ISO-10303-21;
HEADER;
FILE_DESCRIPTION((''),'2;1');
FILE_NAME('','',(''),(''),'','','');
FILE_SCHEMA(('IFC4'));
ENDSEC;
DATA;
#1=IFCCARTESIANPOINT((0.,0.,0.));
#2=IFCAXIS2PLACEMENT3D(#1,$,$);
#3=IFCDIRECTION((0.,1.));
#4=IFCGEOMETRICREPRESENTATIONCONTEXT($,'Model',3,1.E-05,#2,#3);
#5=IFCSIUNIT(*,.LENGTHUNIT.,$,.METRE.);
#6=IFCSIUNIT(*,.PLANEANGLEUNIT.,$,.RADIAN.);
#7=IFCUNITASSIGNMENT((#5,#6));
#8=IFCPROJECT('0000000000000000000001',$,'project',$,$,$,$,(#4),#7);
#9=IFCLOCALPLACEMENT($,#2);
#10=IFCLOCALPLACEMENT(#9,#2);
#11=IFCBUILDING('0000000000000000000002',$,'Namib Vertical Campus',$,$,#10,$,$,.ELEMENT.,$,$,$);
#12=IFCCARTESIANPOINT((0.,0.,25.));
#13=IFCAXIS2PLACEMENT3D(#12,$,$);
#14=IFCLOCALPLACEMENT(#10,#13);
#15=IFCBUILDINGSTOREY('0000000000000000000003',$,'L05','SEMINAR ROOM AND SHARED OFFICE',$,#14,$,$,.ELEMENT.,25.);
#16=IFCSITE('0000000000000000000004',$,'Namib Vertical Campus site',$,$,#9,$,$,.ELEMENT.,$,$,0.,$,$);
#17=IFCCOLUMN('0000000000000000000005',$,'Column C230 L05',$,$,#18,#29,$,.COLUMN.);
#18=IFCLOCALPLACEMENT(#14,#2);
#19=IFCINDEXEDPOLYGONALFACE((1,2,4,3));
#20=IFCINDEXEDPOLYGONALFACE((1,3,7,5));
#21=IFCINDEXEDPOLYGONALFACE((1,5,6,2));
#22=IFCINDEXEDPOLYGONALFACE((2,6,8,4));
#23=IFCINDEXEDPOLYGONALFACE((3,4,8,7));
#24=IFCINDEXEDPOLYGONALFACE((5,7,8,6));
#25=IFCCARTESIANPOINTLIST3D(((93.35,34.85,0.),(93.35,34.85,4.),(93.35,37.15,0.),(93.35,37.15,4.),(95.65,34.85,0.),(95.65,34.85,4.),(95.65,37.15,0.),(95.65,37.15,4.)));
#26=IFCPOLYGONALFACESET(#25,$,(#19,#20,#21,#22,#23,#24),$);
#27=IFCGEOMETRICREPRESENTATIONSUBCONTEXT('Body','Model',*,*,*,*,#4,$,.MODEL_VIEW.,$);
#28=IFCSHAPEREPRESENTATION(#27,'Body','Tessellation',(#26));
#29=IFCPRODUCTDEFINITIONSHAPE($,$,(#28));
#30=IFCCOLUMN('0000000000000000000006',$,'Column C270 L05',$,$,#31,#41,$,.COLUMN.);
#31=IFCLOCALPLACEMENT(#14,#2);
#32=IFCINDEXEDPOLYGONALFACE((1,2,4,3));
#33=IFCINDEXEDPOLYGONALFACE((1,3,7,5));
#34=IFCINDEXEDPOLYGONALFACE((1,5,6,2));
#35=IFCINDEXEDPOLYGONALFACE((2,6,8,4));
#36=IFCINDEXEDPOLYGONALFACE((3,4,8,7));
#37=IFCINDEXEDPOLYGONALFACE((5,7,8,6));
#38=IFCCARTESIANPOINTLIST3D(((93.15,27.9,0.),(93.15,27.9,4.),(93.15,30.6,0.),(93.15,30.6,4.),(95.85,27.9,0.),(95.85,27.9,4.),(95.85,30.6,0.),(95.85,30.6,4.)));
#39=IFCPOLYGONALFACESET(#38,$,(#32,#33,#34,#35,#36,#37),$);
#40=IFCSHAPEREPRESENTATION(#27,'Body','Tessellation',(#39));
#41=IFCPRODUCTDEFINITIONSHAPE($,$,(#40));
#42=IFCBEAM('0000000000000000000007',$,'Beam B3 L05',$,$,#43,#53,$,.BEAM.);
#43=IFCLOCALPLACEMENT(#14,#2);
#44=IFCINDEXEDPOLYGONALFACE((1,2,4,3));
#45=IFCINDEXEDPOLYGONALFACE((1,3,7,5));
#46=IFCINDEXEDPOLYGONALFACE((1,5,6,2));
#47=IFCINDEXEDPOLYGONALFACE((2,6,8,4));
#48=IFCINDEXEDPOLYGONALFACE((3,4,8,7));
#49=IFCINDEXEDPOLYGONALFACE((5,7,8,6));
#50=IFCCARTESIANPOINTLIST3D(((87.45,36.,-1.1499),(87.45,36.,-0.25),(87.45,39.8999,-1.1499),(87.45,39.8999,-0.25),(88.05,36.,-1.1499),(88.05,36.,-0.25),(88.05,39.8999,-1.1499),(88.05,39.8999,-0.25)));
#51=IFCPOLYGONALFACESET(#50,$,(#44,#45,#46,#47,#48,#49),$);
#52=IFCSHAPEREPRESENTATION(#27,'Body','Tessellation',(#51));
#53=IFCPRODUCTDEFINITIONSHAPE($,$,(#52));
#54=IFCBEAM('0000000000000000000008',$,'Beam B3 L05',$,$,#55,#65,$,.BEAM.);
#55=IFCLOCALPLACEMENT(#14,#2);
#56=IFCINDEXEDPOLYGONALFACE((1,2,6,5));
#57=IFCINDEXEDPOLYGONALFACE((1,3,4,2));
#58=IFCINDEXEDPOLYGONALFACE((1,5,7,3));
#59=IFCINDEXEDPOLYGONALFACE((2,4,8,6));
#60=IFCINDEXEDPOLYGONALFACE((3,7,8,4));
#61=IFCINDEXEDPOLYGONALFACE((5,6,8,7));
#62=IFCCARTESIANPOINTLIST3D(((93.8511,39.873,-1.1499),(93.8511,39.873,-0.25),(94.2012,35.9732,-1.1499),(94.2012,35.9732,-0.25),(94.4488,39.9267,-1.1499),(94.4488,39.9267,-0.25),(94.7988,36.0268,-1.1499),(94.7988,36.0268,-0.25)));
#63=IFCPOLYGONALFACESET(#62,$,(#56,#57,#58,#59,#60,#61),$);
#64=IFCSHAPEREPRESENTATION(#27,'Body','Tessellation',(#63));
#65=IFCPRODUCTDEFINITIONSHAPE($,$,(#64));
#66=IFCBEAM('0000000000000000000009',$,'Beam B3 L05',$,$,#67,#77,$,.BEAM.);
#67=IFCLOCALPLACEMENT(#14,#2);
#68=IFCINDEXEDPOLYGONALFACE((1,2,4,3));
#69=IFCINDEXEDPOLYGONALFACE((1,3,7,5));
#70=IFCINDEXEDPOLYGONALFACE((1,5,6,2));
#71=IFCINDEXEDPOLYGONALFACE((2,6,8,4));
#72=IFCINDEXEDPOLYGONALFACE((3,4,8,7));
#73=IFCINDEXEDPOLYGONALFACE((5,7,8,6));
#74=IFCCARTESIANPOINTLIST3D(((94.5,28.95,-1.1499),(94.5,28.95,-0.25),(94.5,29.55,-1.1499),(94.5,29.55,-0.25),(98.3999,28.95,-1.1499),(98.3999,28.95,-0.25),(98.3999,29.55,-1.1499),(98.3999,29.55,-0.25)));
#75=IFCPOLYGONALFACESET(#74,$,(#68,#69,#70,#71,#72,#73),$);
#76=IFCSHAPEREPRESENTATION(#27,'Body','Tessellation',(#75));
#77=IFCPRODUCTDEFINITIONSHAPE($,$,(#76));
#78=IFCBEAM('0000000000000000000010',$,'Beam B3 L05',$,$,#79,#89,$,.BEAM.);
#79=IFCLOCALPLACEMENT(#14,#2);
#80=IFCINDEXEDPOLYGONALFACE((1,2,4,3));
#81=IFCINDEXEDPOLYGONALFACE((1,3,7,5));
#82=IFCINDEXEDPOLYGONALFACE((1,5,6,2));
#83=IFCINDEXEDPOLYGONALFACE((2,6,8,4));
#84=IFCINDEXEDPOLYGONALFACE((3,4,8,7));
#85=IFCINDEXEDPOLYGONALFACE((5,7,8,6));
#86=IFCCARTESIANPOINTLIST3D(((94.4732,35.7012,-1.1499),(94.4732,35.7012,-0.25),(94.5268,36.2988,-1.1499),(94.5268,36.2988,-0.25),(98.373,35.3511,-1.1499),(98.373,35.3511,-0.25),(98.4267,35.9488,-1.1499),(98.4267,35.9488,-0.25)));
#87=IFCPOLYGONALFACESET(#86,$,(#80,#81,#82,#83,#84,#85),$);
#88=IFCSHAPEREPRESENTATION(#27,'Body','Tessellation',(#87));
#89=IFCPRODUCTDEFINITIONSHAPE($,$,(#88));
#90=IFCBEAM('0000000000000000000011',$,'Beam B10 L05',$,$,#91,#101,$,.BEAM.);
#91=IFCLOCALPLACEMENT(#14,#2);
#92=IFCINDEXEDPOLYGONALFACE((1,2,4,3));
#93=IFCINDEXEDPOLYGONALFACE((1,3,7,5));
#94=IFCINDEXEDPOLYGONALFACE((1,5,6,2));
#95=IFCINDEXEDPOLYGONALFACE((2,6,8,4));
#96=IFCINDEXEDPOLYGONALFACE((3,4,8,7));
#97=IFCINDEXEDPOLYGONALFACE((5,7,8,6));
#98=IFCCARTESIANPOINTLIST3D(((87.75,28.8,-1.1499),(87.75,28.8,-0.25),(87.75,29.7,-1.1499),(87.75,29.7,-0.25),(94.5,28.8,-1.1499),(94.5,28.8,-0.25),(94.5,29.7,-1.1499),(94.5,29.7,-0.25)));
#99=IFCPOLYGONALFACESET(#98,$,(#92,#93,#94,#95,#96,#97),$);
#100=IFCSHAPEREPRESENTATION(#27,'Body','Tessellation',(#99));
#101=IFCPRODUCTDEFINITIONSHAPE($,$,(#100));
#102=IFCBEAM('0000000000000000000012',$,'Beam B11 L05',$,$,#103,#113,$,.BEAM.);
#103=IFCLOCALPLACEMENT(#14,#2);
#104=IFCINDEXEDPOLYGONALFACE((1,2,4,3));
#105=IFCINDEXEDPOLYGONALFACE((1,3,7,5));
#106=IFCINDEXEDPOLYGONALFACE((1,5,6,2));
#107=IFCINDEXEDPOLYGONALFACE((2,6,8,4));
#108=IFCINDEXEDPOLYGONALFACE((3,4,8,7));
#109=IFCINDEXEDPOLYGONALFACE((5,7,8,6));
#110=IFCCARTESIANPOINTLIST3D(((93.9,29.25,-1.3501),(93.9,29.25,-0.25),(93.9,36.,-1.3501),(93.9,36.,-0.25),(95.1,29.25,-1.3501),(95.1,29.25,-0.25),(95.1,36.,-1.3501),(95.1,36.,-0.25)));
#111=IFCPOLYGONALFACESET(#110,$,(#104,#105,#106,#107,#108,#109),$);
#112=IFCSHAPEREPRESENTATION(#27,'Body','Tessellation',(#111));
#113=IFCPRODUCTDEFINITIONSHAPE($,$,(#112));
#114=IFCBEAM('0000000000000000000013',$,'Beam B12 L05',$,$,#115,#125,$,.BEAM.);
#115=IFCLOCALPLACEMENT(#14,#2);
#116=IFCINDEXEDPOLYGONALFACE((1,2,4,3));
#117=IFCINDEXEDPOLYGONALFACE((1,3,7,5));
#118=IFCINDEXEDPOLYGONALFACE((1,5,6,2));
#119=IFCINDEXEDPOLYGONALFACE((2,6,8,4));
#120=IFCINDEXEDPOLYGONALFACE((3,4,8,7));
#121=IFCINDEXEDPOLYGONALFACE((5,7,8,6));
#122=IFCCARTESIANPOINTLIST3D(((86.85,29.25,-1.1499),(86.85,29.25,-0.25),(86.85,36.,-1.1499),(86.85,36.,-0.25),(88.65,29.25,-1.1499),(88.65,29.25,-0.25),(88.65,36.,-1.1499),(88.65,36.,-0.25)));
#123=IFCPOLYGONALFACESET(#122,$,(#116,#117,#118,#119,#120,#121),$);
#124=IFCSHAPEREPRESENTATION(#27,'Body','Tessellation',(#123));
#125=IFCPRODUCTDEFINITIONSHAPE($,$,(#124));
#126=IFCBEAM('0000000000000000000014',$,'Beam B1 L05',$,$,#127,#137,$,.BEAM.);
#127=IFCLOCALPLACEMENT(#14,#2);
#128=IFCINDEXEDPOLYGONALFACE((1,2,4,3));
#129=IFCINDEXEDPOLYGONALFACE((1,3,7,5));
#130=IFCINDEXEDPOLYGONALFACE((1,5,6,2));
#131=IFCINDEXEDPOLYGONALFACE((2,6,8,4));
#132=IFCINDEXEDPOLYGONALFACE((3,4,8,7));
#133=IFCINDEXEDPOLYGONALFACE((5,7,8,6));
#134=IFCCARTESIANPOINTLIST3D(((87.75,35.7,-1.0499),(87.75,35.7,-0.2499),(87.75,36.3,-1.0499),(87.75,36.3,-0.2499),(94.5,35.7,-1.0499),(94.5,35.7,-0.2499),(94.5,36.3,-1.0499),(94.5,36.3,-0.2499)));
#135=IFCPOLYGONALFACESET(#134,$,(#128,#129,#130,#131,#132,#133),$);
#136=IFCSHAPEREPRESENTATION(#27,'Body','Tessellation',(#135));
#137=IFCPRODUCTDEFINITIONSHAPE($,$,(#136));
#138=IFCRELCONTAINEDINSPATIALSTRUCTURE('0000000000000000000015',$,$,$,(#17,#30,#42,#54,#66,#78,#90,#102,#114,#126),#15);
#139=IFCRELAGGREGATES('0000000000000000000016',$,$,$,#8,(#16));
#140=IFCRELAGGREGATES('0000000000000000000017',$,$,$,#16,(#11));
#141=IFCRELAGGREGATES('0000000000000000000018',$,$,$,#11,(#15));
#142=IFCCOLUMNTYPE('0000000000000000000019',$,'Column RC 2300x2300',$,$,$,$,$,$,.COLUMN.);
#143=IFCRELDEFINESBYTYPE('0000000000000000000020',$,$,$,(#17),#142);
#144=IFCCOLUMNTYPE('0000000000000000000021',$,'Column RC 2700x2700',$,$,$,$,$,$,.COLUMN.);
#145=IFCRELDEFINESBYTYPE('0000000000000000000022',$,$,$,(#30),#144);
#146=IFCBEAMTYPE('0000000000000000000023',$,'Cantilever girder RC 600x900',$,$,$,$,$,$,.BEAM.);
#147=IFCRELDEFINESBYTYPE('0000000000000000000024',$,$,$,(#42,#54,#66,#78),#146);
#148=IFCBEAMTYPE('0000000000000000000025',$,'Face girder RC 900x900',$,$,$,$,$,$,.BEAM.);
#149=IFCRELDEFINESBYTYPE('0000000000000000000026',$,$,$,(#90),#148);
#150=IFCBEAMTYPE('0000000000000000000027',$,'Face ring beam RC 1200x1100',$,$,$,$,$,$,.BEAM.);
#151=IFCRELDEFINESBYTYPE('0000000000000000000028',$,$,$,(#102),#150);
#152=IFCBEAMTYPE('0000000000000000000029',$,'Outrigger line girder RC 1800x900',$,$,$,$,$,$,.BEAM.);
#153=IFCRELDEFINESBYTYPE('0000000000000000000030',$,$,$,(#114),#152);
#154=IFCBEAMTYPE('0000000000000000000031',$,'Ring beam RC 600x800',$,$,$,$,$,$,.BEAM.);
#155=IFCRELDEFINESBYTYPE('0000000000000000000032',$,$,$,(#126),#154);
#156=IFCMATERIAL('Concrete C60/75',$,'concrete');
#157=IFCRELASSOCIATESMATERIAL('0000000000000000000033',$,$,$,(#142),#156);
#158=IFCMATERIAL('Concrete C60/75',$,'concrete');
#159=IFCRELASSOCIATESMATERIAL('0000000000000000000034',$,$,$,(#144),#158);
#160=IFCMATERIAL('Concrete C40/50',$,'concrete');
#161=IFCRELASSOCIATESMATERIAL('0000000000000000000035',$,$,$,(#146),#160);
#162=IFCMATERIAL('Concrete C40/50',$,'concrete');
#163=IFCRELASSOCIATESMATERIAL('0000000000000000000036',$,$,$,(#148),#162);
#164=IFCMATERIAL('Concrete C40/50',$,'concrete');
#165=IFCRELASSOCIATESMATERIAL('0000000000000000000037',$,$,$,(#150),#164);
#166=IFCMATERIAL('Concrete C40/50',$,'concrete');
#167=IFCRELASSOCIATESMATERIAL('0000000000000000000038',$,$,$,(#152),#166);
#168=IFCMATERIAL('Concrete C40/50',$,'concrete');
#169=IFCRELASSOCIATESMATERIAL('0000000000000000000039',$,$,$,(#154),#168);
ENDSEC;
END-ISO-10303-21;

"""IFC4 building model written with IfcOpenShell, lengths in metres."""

from ifc_helpers import new_model, si_unit, direction, frame, origin, origin_2d, place, context, subcontext, project, spatial, rectangle, extrude, material, material_profile, profile_set, type_object, element, save


model = new_model("IFC4")

# Units and contexts
model_context = context("Model", 3, precision=1e-05, world=origin(), true_north=direction((0.0, 1.0)))
body_context = subcontext(model_context, "Body", "Model", "MODEL_VIEW")
ifc_project = project(units=[si_unit("LENGTHUNIT", "METRE"), si_unit("PLANEANGLEUNIT", "RADIAN")], contexts=[model_context])

# Site, building, storey
site_placement = place(None, origin())
site = spatial("IfcSite", under=ifc_project, at=site_placement, Name="Namib Vertical Campus site", CompositionType="ELEMENT", RefElevation=0.0)
building_placement = place(site_placement, origin())
building = spatial("IfcBuilding", under=site, at=building_placement, Name="Namib Vertical Campus", CompositionType="ELEMENT")
storey_placement = place(building_placement, frame((0.0, 0.0, 25.0)))
storey = spatial("IfcBuildingStorey", under=building, at=storey_placement, Name="L05", Description="SEMINAR ROOM AND SHARED OFFICE", CompositionType="ELEMENT", Elevation=25.0)

# Columns
ifc_material_1 = material(Name="Concrete C60/75", Category="concrete")
ifc_material_profile_1 = material_profile(ifc_material_1, rectangle(XDim=2.3, YDim=2.3, at=origin_2d()))
ifc_profile_set_1 = profile_set([ifc_material_profile_1], Name="Concrete C60/75")
column_type_1 = type_object("IfcColumnType", Name="Column RC 2300x2300", PredefinedType="COLUMN", material=ifc_profile_set_1)
column_1_placement = place(storey_placement, frame((94.5, 36.0, 0.0), z_axis=(0.0, 0.0, 1.0), x_axis=(1.0, 0.0, 0.0)))
element("IfcColumn", 1, at=column_1_placement, inside=storey, type_object=column_type_1, Name="Column C230 L05", PredefinedType="COLUMN", context=body_context, shape_type="SweptSolid", body=[
    extrude(rectangle(XDim=2.3, YDim=2.3, at=origin_2d()), origin(), (0.0, 0.0, 1.0), 4.0),
])
ifc_material_2 = material(Name="Concrete C60/75", Category="concrete")
ifc_material_profile_2 = material_profile(ifc_material_2, rectangle(XDim=2.7, YDim=2.7, at=origin_2d()))
ifc_profile_set_2 = profile_set([ifc_material_profile_2], Name="Concrete C60/75")
column_type_2 = type_object("IfcColumnType", Name="Column RC 2700x2700", PredefinedType="COLUMN", material=ifc_profile_set_2)
column_2_placement = place(storey_placement, frame((94.5, 29.25, 0.0), z_axis=(0.0, 0.0, 1.0), x_axis=(1.0, 0.0, 0.0)))
element("IfcColumn", 2, at=column_2_placement, inside=storey, type_object=column_type_2, Name="Column C270 L05", PredefinedType="COLUMN", context=body_context, shape_type="SweptSolid", body=[
    extrude(rectangle(XDim=2.7, YDim=2.7, at=origin_2d()), origin(), (0.0, 0.0, 1.0), 4.0),
])

# Beams
ifc_material_3 = material(Name="Concrete C40/50", Category="concrete")
ifc_material_profile_3 = material_profile(ifc_material_3, rectangle(XDim=0.6001, YDim=0.8999, at=origin_2d()))
ifc_profile_set_3 = profile_set([ifc_material_profile_3], Name="Concrete C40/50")
beam_type_1 = type_object("IfcBeamType", Name="Cantilever girder RC 600x900", PredefinedType="BEAM", material=ifc_profile_set_3)
beam_1_placement = place(storey_placement, frame((87.75, 36.0, -0.7), z_axis=(0.0, 1.0, 0.0), x_axis=(-1.0, 0.0, 0.0)))
element("IfcBeam", 3, at=beam_1_placement, inside=storey, type_object=beam_type_1, Name="Beam B3 L05", PredefinedType="BEAM", context=body_context, shape_type="SweptSolid", body=[
    extrude(rectangle(XDim=0.6001, YDim=0.8999, at=origin_2d()), origin(), (0.0, 0.0, 1.0), 3.8999),
])
beam_2_placement = place(storey_placement, frame((94.5, 36.0, -0.7), z_axis=(-0.089411, 0.995995, 0.0), x_axis=(-0.995995, -0.089411, 0.0)))
element("IfcBeam", 4, at=beam_2_placement, inside=storey, type_object=beam_type_1, Name="Beam B3 L05", PredefinedType="BEAM", context=body_context, shape_type="SweptSolid", body=[
    extrude(rectangle(XDim=0.6001, YDim=0.8999, at=origin_2d()), origin(), (0.0, 0.0, 1.0), 3.9155),
])
beam_3_placement = place(storey_placement, frame((94.5, 29.25, -0.7), z_axis=(1.0, 0.0, 0.0), x_axis=(0.0, 1.0, 0.0)))
element("IfcBeam", 5, at=beam_3_placement, inside=storey, type_object=beam_type_1, Name="Beam B3 L05", PredefinedType="BEAM", context=body_context, shape_type="SweptSolid", body=[
    extrude(rectangle(XDim=0.6001, YDim=0.8999, at=origin_2d()), origin(), (0.0, 0.0, 1.0), 3.8999),
])
beam_4_placement = place(storey_placement, frame((94.5, 36.0, -0.7), z_axis=(0.995995, -0.089411, 0.0), x_axis=(0.089411, 0.995995, 0.0)))
element("IfcBeam", 6, at=beam_4_placement, inside=storey, type_object=beam_type_1, Name="Beam B3 L05", PredefinedType="BEAM", context=body_context, shape_type="SweptSolid", body=[
    extrude(rectangle(XDim=0.6001, YDim=0.8999, at=origin_2d()), origin(), (0.0, 0.0, 1.0), 3.9155),
])
ifc_material_4 = material(Name="Concrete C40/50", Category="concrete")
ifc_material_profile_4 = material_profile(ifc_material_4, rectangle(XDim=0.8999, YDim=0.8999, at=origin_2d()))
ifc_profile_set_4 = profile_set([ifc_material_profile_4], Name="Concrete C40/50")
beam_type_2 = type_object("IfcBeamType", Name="Face girder RC 900x900", PredefinedType="BEAM", material=ifc_profile_set_4)
beam_5_placement = place(storey_placement, frame((94.5, 29.25, -0.7), z_axis=(-1.0, 0.0, 0.0), x_axis=(0.0, -1.0, 0.0)))
element("IfcBeam", 7, at=beam_5_placement, inside=storey, type_object=beam_type_2, Name="Beam B10 L05", PredefinedType="BEAM", context=body_context, shape_type="SweptSolid", body=[
    extrude(rectangle(XDim=0.8999, YDim=0.8999, at=origin_2d()), origin(), (0.0, 0.0, 1.0), 6.75),
])
ifc_material_5 = material(Name="Concrete C40/50", Category="concrete")
ifc_material_profile_5 = material_profile(ifc_material_5, rectangle(XDim=1.2, YDim=1.1001, at=origin_2d()))
ifc_profile_set_5 = profile_set([ifc_material_profile_5], Name="Concrete C40/50")
beam_type_3 = type_object("IfcBeamType", Name="Face ring beam RC 1200x1100", PredefinedType="BEAM", material=ifc_profile_set_5)
beam_6_placement = place(storey_placement, frame((94.5, 29.25, -0.8), z_axis=(0.0, 1.0, 0.0), x_axis=(-1.0, 0.0, 0.0)))
element("IfcBeam", 8, at=beam_6_placement, inside=storey, type_object=beam_type_3, Name="Beam B11 L05", PredefinedType="BEAM", context=body_context, shape_type="SweptSolid", body=[
    extrude(rectangle(XDim=1.2, YDim=1.1001, at=origin_2d()), origin(), (0.0, 0.0, 1.0), 6.75),
])
ifc_material_6 = material(Name="Concrete C40/50", Category="concrete")
ifc_material_profile_6 = material_profile(ifc_material_6, rectangle(XDim=1.8, YDim=0.8999, at=origin_2d()))
ifc_profile_set_6 = profile_set([ifc_material_profile_6], Name="Concrete C40/50")
beam_type_4 = type_object("IfcBeamType", Name="Outrigger line girder RC 1800x900", PredefinedType="BEAM", material=ifc_profile_set_6)
beam_7_placement = place(storey_placement, frame((87.75, 36.0, -0.7), z_axis=(0.0, -1.0, 0.0), x_axis=(1.0, 0.0, 0.0)))
element("IfcBeam", 9, at=beam_7_placement, inside=storey, type_object=beam_type_4, Name="Beam B12 L05", PredefinedType="BEAM", context=body_context, shape_type="SweptSolid", body=[
    extrude(rectangle(XDim=1.8, YDim=0.8999, at=origin_2d()), origin(), (0.0, 0.0, 1.0), 6.75),
])
ifc_material_7 = material(Name="Concrete C40/50", Category="concrete")
ifc_material_profile_7 = material_profile(ifc_material_7, rectangle(XDim=0.6001, YDim=0.8, at=origin_2d()))
ifc_profile_set_7 = profile_set([ifc_material_profile_7], Name="Concrete C40/50")
beam_type_5 = type_object("IfcBeamType", Name="Ring beam RC 600x800", PredefinedType="BEAM", material=ifc_profile_set_7)
beam_8_placement = place(storey_placement, frame((87.75, 36.0, -0.6499), z_axis=(1.0, 0.0, 0.0), x_axis=(0.0, 1.0, 0.0)))
element("IfcBeam", 10, at=beam_8_placement, inside=storey, type_object=beam_type_5, Name="Beam B1 L05", PredefinedType="BEAM", context=body_context, shape_type="SweptSolid", body=[
    extrude(rectangle(XDim=0.6001, YDim=0.8, at=origin_2d()), origin(), (0.0, 0.0, 1.0), 6.75),
])

save(model, "model.ifc")
